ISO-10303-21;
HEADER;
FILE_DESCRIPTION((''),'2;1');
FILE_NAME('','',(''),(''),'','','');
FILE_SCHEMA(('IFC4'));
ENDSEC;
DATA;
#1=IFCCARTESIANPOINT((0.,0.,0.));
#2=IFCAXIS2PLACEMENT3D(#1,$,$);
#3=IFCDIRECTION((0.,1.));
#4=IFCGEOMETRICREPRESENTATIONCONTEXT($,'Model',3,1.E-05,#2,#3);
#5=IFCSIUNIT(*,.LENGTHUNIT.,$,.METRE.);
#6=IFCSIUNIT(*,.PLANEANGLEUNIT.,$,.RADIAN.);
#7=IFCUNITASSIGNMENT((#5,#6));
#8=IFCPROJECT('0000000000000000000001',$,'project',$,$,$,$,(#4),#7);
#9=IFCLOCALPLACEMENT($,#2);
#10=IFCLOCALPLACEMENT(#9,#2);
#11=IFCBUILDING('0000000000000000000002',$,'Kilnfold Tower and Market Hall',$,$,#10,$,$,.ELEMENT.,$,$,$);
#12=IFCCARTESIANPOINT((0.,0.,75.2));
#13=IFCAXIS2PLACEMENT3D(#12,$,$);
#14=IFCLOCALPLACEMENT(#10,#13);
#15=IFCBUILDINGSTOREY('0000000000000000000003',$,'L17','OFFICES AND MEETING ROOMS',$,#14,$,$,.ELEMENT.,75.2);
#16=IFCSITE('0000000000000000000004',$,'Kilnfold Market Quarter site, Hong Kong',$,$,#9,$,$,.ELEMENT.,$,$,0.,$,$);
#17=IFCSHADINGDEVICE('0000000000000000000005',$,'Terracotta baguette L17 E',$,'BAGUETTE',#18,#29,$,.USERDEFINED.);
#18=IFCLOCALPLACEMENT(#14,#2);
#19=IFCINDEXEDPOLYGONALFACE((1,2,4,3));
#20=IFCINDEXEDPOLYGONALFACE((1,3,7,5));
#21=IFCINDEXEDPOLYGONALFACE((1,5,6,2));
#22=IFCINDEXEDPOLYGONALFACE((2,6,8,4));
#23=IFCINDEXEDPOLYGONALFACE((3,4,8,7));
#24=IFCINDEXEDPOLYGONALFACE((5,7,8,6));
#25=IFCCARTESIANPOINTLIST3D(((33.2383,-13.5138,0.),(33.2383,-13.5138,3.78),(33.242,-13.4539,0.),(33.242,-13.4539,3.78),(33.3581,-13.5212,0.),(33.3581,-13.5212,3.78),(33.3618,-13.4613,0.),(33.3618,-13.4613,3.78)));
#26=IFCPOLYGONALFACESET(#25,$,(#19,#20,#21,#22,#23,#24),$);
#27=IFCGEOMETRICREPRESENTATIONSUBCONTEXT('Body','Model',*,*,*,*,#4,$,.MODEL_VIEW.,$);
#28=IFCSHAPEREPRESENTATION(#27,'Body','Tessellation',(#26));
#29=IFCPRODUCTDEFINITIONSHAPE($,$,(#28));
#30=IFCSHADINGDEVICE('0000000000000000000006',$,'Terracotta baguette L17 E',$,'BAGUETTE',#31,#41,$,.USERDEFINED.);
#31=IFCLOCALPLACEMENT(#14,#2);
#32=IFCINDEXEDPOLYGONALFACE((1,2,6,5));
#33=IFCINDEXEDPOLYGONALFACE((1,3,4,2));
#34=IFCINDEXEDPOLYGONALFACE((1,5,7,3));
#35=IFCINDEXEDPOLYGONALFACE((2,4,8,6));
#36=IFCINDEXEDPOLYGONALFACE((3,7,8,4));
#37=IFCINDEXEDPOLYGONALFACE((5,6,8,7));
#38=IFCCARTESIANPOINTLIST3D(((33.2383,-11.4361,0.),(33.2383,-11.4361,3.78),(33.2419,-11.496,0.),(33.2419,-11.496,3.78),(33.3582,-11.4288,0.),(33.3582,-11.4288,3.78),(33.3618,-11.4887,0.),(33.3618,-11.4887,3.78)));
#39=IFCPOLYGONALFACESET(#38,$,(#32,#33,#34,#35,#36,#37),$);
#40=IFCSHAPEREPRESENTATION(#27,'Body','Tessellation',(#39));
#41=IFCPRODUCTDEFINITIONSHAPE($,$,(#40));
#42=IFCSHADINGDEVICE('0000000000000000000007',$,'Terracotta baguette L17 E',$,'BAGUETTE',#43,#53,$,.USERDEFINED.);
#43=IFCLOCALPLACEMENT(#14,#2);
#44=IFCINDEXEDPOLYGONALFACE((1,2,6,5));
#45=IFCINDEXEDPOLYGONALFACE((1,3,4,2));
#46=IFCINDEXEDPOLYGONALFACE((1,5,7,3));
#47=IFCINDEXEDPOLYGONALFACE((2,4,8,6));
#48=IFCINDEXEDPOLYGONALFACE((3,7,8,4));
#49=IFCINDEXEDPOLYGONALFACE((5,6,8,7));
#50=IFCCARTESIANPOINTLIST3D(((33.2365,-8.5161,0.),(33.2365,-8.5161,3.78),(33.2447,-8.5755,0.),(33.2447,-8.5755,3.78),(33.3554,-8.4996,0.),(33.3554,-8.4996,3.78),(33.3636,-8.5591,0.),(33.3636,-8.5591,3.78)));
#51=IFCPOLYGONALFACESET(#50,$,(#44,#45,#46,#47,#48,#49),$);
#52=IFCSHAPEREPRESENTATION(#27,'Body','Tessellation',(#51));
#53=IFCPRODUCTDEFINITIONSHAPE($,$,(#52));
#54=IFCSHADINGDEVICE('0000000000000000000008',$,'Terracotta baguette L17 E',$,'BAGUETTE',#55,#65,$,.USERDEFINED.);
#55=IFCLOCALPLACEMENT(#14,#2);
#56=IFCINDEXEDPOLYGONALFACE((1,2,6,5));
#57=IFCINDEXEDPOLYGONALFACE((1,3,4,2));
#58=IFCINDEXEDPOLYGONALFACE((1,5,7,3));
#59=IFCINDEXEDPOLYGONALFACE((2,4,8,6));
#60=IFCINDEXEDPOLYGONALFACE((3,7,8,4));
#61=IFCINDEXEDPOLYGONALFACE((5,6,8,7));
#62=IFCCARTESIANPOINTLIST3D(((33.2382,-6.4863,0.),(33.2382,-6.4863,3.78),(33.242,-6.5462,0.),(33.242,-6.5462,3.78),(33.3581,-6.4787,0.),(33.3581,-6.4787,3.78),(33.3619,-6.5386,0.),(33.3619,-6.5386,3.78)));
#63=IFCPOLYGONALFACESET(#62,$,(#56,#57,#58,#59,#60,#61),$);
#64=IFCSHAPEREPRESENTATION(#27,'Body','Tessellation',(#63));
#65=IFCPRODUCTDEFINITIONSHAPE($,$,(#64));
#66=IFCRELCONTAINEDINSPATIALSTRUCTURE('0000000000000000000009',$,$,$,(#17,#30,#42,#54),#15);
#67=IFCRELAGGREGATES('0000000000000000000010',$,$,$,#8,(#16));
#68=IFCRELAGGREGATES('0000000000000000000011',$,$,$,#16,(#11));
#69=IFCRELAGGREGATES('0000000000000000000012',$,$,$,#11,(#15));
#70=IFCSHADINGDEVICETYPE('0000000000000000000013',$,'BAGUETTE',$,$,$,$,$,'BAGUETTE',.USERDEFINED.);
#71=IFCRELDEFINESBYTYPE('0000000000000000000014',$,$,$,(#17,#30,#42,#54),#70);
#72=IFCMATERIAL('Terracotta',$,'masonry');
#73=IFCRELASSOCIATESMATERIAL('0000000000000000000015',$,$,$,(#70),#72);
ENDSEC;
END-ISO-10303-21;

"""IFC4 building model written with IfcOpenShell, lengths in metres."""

from ifc_helpers import new_model, si_unit, direction, frame, origin, origin_2d, place, context, subcontext, project, spatial, rectangle, extrude, source, transform, mapped, material, material_profile, profile_set, type_object, element, save


model = new_model("IFC4")

# Units and contexts
model_context = context("Model", 3, precision=1e-05, world=origin(), true_north=direction((0.0, 1.0)))
body_context = subcontext(model_context, "Body", "Model", "MODEL_VIEW")
ifc_project = project(units=[si_unit("LENGTHUNIT", "METRE"), si_unit("PLANEANGLEUNIT", "RADIAN")], contexts=[model_context])

# Site, building, storey
site_placement = place(None, origin())
site = spatial("IfcSite", under=ifc_project, at=site_placement, Name="Kilnfold Market Quarter site, Hong Kong", CompositionType="ELEMENT", RefElevation=0.0)
building_placement = place(site_placement, origin())
building = spatial("IfcBuilding", under=site, at=building_placement, Name="Kilnfold Tower and Market Hall", CompositionType="ELEMENT")
storey_placement = place(building_placement, frame((0.0, 0.0, 75.2)))
storey = spatial("IfcBuildingStorey", under=building, at=storey_placement, Name="L17", Description="OFFICES AND MEETING ROOMS", CompositionType="ELEMENT", Elevation=75.2)

# Shading devices
ifc_material_1 = material(Name="Terracotta", Category="masonry")
ifc_material_profile_1 = material_profile(ifc_material_1, rectangle(XDim=0.0601, YDim=0.1201, at=origin_2d()), Name="BAG 60x120")
ifc_profile_set_1 = profile_set([ifc_material_profile_1], Name="Terracotta")
shading_device_type = type_object("IfcShadingDeviceType", Name="BAGUETTE", ElementType="BAGUETTE", PredefinedType="USERDEFINED", material=ifc_profile_set_1)
shared_shape_1 = source(origin(), body_context, "Body", "SweptSolid", [
    extrude(rectangle(XDim=0.0601, YDim=0.1201, at=origin_2d()), origin(), (0.0, 0.0, 1.0), 3.78),
])
for number, where, z_axis, x_axis, name in (
    (1, (33.3, -13.4875, 0.0), (0.0, 0.0, 1.0), (0.061655, 0.998098, 0.0), "Terracotta baguette L17 E"),
    (2, (33.3, -11.4624, 0.0), (0.0, 0.0, 1.0), (-0.060839, 0.998148, 0.0), "Terracotta baguette L17 E"),
    (3, (33.3, -8.5376, 0.0), (0.0, 0.0, 1.0), (-0.136603, 0.990626, 0.0), "Terracotta baguette L17 E"),
    (4, (33.3, -6.5125, 0.0), (0.0, 0.0, 1.0), (-0.063054, 0.99801, 0.0), "Terracotta baguette L17 E"),
):
    element("IfcShadingDevice", number, at=place(storey_placement, frame(where, z_axis=z_axis, x_axis=x_axis)), inside=storey, type_object=shading_device_type, Name=name, ObjectType="BAGUETTE", PredefinedType="USERDEFINED", context=body_context, shape_type="MappedRepresentation", body=[
        mapped(shared_shape_1, transform((0.0, 0.0, 0.0))),
    ])

save(model, "model.ifc")
